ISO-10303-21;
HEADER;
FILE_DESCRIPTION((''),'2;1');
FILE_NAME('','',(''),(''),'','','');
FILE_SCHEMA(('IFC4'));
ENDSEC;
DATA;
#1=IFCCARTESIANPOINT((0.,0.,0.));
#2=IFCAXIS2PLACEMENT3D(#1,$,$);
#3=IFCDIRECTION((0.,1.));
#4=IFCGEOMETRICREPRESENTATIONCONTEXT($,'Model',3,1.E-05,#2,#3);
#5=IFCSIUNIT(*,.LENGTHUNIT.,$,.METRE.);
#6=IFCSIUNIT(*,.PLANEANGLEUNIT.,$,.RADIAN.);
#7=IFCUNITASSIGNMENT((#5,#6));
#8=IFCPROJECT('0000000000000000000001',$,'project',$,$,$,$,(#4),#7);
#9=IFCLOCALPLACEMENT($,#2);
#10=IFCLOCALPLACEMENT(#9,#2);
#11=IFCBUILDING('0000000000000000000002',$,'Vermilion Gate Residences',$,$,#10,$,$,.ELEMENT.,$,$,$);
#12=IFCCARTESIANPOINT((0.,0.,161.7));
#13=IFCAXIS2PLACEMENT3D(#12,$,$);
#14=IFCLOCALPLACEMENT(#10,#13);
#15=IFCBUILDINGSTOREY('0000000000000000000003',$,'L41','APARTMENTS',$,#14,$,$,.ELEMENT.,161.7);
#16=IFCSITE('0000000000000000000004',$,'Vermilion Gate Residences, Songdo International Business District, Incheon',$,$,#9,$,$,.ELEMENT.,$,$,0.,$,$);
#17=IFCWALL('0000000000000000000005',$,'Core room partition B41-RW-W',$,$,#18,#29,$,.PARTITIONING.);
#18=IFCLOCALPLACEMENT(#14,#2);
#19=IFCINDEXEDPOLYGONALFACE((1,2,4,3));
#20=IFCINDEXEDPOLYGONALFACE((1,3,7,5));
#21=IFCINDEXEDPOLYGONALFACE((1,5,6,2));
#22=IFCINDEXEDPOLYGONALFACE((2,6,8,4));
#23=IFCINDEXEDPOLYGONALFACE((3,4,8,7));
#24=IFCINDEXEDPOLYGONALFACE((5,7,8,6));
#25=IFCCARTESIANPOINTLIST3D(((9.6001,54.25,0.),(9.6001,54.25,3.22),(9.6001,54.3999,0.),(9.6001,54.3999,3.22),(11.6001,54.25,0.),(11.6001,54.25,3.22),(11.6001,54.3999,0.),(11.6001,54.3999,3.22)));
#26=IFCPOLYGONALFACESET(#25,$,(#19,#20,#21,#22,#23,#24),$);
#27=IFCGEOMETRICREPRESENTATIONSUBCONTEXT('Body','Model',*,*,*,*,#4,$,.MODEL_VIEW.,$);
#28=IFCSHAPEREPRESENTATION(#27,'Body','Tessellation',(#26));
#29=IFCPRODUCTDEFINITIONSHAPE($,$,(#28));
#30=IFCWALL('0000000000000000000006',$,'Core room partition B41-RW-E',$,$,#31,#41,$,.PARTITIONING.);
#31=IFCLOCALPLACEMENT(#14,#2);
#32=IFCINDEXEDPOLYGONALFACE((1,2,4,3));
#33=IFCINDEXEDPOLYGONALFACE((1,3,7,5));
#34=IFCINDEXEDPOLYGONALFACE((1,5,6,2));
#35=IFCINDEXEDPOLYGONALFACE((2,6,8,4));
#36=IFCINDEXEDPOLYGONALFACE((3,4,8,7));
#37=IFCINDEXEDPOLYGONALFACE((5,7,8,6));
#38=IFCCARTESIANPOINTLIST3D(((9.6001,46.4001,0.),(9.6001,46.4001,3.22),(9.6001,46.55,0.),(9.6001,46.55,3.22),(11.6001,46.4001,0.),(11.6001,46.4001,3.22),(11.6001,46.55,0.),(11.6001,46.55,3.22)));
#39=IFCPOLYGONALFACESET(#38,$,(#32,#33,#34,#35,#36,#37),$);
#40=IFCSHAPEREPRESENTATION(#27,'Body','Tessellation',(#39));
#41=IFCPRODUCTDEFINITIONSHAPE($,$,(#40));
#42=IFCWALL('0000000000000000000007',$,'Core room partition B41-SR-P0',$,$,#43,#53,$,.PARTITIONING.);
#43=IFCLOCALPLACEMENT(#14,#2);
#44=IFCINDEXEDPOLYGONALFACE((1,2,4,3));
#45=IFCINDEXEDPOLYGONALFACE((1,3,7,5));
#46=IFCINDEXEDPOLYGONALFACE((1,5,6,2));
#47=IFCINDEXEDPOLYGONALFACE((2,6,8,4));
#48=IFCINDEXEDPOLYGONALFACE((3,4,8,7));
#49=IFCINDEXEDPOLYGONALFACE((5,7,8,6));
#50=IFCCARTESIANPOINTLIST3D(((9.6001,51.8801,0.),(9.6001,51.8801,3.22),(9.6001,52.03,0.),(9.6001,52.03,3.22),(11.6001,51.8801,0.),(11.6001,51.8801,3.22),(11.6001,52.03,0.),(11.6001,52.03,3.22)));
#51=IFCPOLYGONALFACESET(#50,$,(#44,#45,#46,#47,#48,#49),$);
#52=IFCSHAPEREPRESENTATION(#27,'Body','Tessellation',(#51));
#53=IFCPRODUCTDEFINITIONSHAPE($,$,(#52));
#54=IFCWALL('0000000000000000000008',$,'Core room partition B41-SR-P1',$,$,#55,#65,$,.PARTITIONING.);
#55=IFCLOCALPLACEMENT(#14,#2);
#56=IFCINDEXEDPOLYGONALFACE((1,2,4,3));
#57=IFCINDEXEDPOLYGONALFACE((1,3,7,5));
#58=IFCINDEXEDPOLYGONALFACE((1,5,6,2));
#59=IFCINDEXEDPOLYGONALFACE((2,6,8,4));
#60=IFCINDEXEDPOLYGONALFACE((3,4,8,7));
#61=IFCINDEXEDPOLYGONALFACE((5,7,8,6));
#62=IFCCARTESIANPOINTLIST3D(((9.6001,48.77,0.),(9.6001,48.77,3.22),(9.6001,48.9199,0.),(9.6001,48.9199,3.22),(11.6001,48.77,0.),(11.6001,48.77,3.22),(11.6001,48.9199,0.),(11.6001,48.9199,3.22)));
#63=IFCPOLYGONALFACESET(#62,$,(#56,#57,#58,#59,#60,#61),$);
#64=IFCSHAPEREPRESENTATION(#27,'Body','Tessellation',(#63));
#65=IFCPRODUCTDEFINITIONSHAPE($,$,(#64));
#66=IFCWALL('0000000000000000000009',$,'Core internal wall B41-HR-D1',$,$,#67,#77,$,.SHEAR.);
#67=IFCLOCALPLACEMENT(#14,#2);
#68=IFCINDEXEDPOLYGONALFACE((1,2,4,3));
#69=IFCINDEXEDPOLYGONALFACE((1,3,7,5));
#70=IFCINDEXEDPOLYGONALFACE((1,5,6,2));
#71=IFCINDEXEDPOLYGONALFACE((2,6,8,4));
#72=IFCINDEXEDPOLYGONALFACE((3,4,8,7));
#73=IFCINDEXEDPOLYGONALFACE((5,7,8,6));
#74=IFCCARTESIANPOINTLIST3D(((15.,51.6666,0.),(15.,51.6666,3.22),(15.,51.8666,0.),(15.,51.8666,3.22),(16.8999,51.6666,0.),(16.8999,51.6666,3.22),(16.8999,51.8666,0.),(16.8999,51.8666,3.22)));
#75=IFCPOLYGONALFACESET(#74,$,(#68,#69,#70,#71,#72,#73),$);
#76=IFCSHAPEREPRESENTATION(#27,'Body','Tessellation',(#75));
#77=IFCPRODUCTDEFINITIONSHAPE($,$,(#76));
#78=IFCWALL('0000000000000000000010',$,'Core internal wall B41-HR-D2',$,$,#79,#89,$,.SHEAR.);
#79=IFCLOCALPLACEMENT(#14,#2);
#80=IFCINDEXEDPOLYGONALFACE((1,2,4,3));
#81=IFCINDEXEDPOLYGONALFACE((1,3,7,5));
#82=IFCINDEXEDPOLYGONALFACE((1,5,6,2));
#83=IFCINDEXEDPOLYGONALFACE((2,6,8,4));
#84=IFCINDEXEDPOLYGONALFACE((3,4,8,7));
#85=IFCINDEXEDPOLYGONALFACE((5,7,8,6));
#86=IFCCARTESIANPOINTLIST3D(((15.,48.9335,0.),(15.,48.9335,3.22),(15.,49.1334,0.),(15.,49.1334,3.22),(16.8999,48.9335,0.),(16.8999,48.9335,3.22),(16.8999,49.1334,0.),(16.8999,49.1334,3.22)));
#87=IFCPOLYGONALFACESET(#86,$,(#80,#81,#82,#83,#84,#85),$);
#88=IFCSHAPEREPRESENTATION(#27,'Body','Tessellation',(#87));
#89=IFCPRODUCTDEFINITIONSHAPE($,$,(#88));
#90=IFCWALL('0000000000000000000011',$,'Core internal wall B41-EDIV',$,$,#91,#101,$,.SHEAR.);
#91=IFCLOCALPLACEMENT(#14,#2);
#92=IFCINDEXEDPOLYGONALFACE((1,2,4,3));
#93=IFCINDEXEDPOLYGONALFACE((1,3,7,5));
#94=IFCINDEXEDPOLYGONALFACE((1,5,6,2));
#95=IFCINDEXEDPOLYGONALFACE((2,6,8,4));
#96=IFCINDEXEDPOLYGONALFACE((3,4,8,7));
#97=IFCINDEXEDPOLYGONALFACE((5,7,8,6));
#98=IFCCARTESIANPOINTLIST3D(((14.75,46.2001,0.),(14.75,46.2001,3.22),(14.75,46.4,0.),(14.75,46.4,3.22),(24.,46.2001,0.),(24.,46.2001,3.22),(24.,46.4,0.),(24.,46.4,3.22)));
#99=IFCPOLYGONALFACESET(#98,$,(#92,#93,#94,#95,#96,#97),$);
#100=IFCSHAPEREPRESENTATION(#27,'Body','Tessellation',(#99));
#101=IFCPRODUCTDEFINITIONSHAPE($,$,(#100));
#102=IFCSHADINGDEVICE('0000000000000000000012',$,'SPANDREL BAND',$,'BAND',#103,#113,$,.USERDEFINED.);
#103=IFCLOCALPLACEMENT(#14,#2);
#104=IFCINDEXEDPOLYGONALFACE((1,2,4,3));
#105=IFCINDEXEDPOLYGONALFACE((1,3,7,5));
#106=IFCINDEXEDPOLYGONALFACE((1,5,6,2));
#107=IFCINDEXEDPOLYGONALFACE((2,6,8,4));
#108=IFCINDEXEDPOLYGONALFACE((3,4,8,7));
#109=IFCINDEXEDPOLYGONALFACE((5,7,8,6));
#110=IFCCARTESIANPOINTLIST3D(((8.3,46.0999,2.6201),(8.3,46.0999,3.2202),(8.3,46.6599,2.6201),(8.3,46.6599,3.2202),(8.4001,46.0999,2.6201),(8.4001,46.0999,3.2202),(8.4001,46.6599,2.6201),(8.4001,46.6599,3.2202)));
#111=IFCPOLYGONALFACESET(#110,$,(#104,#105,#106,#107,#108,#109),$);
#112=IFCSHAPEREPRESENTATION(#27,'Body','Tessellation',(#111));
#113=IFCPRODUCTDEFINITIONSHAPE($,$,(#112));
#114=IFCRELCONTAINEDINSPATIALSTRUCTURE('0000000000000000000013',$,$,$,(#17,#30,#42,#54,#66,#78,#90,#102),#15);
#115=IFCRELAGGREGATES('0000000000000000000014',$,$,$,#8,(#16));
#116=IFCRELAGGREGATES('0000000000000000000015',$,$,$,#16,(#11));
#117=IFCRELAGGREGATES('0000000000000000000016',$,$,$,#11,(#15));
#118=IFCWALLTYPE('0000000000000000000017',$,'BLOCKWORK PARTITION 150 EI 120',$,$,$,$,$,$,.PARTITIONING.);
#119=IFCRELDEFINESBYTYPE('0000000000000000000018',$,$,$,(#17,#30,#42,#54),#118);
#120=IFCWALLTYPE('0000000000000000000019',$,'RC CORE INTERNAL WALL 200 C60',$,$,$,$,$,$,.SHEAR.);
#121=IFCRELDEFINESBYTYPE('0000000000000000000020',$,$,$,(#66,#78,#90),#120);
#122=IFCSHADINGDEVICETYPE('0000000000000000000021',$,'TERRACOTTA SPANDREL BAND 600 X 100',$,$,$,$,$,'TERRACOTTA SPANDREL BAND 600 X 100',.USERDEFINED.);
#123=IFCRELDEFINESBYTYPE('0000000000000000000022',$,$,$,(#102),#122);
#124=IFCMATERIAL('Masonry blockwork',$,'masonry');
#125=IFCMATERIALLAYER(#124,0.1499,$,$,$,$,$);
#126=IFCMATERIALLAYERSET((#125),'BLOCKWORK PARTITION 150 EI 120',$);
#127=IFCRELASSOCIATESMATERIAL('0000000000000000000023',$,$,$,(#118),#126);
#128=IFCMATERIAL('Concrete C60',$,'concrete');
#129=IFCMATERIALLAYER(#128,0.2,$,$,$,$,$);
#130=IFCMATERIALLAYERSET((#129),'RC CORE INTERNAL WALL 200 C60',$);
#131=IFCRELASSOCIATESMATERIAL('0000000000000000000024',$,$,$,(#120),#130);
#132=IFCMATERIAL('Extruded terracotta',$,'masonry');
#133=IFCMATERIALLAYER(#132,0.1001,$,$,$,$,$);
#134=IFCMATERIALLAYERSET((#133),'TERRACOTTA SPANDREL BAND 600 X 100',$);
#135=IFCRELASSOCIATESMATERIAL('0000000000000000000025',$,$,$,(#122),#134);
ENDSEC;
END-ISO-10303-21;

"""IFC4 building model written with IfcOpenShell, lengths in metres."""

from ifc_helpers import new_model, si_unit, direction, frame, frame_2d, origin, origin_2d, place, context, subcontext, project, spatial, rectangle, extrude, material, layer, layer_set, type_object, element, save


model = new_model("IFC4")

# Units and contexts
model_context = context("Model", 3, precision=1e-05, world=origin(), true_north=direction((0.0, 1.0)))
body_context = subcontext(model_context, "Body", "Model", "MODEL_VIEW")
ifc_project = project(units=[si_unit("LENGTHUNIT", "METRE"), si_unit("PLANEANGLEUNIT", "RADIAN")], contexts=[model_context])

# Site, building, storey
site_placement = place(None, origin())
site = spatial("IfcSite", under=ifc_project, at=site_placement, Name="Vermilion Gate Residences, Songdo International Business District, Incheon", CompositionType="ELEMENT", RefElevation=0.0)
building_placement = place(site_placement, origin())
building = spatial("IfcBuilding", under=site, at=building_placement, Name="Vermilion Gate Residences", CompositionType="ELEMENT")
storey_placement = place(building_placement, frame((0.0, 0.0, 161.7)))
storey = spatial("IfcBuildingStorey", under=building, at=storey_placement, Name="L41", Description="APARTMENTS", CompositionType="ELEMENT", Elevation=161.7)

# Walls
ifc_material_1 = material(Name="Masonry blockwork", Category="masonry")
ifc_layer_1 = layer(ifc_material_1, 0.1499)
ifc_layer_set_1 = layer_set([ifc_layer_1], Name="BLOCKWORK PARTITION 150 EI 120")
wall_type_1 = type_object("IfcWallType", Name="BLOCKWORK PARTITION 150 EI 120", PredefinedType="PARTITIONING", material=ifc_layer_set_1)
for number, where, z_axis, x_axis, name in (
    (1, (9.6001, 54.325, 0.0), (0.0, 0.0, 1.0), (1.0, 0.0, 0.0), "Core room partition B41-RW-W"),
    (2, (9.6001, 46.4751, 0.0), (0.0, 0.0, 1.0), (1.0, 0.0, 0.0), "Core room partition B41-RW-E"),
    (3, (9.6001, 51.9551, 0.0), (0.0, 0.0, 1.0), (1.0, 0.0, 0.0), "Core room partition B41-SR-P0"),
    (4, (9.6001, 48.845, 0.0), (0.0, 0.0, 1.0), (1.0, 0.0, 0.0), "Core room partition B41-SR-P1"),
):
    element("IfcWall", number, at=place(storey_placement, frame(where, z_axis=z_axis, x_axis=x_axis)), inside=storey, type_object=wall_type_1, Name=name, PredefinedType="PARTITIONING", context=body_context, shape_type="SweptSolid", body=[
        extrude(rectangle(XDim=2.0, YDim=0.1499, at=frame_2d((1.0, 0.0))), origin(), (0.0, 0.0, 1.0), 3.22),
    ])
ifc_material_2 = material(Name="Concrete C60", Category="concrete")
ifc_layer_2 = layer(ifc_material_2, 0.2)
ifc_layer_set_2 = layer_set([ifc_layer_2], Name="RC CORE INTERNAL WALL 200 C60")
wall_type_2 = type_object("IfcWallType", Name="RC CORE INTERNAL WALL 200 C60", PredefinedType="SHEAR", material=ifc_layer_set_2)
for number, where, z_axis, x_axis, name in (
    (5, (15.0, 51.7666, 0.0), (0.0, 0.0, 1.0), (1.0, 0.0, 0.0), "Core internal wall B41-HR-D1"),
    (6, (15.0, 49.0334, 0.0), (0.0, 0.0, 1.0), (1.0, 0.0, 0.0), "Core internal wall B41-HR-D2"),
):
    element("IfcWall", number, at=place(storey_placement, frame(where, z_axis=z_axis, x_axis=x_axis)), inside=storey, type_object=wall_type_2, Name=name, PredefinedType="SHEAR", context=body_context, shape_type="SweptSolid", body=[
        extrude(rectangle(XDim=1.8999, YDim=0.2, at=frame_2d((0.95, 0.0))), origin(), (0.0, 0.0, 1.0), 3.22),
    ])
wall_placement = place(storey_placement, frame((14.75, 46.3, 0.0), z_axis=(0.0, 0.0, 1.0), x_axis=(1.0, 0.0, 0.0)))
element("IfcWall", 7, at=wall_placement, inside=storey, type_object=wall_type_2, Name="Core internal wall B41-EDIV", PredefinedType="SHEAR", context=body_context, shape_type="SweptSolid", body=[
    extrude(rectangle(XDim=9.25, YDim=0.2, at=frame_2d((4.625, 0.0))), origin(), (0.0, 0.0, 1.0), 3.22),
])

# Shading device
ifc_material_3 = material(Name="Extruded terracotta", Category="masonry")
ifc_layer_3 = layer(ifc_material_3, 0.1001)
ifc_layer_set_3 = layer_set([ifc_layer_3], Name="TERRACOTTA SPANDREL BAND 600 X 100")
shading_device_type = type_object("IfcShadingDeviceType", Name="TERRACOTTA SPANDREL BAND 600 X 100", ElementType="TERRACOTTA SPANDREL BAND 600 X 100", PredefinedType="USERDEFINED", material=ifc_layer_set_3)
shading_device_placement = place(storey_placement, frame((8.3501, 46.3799, 2.6201), z_axis=(0.0, 0.0, 1.0), x_axis=(0.0, 1.0, 0.0)))
element("IfcShadingDevice", 8, at=shading_device_placement, inside=storey, type_object=shading_device_type, Name="SPANDREL BAND", ObjectType="BAND", PredefinedType="USERDEFINED", context=body_context, shape_type="SweptSolid", body=[
    extrude(rectangle(XDim=0.5601, YDim=0.1001, at=origin_2d()), origin(), (0.0, 0.0, 1.0), 0.6001),
])

save(model, "model.ifc")
